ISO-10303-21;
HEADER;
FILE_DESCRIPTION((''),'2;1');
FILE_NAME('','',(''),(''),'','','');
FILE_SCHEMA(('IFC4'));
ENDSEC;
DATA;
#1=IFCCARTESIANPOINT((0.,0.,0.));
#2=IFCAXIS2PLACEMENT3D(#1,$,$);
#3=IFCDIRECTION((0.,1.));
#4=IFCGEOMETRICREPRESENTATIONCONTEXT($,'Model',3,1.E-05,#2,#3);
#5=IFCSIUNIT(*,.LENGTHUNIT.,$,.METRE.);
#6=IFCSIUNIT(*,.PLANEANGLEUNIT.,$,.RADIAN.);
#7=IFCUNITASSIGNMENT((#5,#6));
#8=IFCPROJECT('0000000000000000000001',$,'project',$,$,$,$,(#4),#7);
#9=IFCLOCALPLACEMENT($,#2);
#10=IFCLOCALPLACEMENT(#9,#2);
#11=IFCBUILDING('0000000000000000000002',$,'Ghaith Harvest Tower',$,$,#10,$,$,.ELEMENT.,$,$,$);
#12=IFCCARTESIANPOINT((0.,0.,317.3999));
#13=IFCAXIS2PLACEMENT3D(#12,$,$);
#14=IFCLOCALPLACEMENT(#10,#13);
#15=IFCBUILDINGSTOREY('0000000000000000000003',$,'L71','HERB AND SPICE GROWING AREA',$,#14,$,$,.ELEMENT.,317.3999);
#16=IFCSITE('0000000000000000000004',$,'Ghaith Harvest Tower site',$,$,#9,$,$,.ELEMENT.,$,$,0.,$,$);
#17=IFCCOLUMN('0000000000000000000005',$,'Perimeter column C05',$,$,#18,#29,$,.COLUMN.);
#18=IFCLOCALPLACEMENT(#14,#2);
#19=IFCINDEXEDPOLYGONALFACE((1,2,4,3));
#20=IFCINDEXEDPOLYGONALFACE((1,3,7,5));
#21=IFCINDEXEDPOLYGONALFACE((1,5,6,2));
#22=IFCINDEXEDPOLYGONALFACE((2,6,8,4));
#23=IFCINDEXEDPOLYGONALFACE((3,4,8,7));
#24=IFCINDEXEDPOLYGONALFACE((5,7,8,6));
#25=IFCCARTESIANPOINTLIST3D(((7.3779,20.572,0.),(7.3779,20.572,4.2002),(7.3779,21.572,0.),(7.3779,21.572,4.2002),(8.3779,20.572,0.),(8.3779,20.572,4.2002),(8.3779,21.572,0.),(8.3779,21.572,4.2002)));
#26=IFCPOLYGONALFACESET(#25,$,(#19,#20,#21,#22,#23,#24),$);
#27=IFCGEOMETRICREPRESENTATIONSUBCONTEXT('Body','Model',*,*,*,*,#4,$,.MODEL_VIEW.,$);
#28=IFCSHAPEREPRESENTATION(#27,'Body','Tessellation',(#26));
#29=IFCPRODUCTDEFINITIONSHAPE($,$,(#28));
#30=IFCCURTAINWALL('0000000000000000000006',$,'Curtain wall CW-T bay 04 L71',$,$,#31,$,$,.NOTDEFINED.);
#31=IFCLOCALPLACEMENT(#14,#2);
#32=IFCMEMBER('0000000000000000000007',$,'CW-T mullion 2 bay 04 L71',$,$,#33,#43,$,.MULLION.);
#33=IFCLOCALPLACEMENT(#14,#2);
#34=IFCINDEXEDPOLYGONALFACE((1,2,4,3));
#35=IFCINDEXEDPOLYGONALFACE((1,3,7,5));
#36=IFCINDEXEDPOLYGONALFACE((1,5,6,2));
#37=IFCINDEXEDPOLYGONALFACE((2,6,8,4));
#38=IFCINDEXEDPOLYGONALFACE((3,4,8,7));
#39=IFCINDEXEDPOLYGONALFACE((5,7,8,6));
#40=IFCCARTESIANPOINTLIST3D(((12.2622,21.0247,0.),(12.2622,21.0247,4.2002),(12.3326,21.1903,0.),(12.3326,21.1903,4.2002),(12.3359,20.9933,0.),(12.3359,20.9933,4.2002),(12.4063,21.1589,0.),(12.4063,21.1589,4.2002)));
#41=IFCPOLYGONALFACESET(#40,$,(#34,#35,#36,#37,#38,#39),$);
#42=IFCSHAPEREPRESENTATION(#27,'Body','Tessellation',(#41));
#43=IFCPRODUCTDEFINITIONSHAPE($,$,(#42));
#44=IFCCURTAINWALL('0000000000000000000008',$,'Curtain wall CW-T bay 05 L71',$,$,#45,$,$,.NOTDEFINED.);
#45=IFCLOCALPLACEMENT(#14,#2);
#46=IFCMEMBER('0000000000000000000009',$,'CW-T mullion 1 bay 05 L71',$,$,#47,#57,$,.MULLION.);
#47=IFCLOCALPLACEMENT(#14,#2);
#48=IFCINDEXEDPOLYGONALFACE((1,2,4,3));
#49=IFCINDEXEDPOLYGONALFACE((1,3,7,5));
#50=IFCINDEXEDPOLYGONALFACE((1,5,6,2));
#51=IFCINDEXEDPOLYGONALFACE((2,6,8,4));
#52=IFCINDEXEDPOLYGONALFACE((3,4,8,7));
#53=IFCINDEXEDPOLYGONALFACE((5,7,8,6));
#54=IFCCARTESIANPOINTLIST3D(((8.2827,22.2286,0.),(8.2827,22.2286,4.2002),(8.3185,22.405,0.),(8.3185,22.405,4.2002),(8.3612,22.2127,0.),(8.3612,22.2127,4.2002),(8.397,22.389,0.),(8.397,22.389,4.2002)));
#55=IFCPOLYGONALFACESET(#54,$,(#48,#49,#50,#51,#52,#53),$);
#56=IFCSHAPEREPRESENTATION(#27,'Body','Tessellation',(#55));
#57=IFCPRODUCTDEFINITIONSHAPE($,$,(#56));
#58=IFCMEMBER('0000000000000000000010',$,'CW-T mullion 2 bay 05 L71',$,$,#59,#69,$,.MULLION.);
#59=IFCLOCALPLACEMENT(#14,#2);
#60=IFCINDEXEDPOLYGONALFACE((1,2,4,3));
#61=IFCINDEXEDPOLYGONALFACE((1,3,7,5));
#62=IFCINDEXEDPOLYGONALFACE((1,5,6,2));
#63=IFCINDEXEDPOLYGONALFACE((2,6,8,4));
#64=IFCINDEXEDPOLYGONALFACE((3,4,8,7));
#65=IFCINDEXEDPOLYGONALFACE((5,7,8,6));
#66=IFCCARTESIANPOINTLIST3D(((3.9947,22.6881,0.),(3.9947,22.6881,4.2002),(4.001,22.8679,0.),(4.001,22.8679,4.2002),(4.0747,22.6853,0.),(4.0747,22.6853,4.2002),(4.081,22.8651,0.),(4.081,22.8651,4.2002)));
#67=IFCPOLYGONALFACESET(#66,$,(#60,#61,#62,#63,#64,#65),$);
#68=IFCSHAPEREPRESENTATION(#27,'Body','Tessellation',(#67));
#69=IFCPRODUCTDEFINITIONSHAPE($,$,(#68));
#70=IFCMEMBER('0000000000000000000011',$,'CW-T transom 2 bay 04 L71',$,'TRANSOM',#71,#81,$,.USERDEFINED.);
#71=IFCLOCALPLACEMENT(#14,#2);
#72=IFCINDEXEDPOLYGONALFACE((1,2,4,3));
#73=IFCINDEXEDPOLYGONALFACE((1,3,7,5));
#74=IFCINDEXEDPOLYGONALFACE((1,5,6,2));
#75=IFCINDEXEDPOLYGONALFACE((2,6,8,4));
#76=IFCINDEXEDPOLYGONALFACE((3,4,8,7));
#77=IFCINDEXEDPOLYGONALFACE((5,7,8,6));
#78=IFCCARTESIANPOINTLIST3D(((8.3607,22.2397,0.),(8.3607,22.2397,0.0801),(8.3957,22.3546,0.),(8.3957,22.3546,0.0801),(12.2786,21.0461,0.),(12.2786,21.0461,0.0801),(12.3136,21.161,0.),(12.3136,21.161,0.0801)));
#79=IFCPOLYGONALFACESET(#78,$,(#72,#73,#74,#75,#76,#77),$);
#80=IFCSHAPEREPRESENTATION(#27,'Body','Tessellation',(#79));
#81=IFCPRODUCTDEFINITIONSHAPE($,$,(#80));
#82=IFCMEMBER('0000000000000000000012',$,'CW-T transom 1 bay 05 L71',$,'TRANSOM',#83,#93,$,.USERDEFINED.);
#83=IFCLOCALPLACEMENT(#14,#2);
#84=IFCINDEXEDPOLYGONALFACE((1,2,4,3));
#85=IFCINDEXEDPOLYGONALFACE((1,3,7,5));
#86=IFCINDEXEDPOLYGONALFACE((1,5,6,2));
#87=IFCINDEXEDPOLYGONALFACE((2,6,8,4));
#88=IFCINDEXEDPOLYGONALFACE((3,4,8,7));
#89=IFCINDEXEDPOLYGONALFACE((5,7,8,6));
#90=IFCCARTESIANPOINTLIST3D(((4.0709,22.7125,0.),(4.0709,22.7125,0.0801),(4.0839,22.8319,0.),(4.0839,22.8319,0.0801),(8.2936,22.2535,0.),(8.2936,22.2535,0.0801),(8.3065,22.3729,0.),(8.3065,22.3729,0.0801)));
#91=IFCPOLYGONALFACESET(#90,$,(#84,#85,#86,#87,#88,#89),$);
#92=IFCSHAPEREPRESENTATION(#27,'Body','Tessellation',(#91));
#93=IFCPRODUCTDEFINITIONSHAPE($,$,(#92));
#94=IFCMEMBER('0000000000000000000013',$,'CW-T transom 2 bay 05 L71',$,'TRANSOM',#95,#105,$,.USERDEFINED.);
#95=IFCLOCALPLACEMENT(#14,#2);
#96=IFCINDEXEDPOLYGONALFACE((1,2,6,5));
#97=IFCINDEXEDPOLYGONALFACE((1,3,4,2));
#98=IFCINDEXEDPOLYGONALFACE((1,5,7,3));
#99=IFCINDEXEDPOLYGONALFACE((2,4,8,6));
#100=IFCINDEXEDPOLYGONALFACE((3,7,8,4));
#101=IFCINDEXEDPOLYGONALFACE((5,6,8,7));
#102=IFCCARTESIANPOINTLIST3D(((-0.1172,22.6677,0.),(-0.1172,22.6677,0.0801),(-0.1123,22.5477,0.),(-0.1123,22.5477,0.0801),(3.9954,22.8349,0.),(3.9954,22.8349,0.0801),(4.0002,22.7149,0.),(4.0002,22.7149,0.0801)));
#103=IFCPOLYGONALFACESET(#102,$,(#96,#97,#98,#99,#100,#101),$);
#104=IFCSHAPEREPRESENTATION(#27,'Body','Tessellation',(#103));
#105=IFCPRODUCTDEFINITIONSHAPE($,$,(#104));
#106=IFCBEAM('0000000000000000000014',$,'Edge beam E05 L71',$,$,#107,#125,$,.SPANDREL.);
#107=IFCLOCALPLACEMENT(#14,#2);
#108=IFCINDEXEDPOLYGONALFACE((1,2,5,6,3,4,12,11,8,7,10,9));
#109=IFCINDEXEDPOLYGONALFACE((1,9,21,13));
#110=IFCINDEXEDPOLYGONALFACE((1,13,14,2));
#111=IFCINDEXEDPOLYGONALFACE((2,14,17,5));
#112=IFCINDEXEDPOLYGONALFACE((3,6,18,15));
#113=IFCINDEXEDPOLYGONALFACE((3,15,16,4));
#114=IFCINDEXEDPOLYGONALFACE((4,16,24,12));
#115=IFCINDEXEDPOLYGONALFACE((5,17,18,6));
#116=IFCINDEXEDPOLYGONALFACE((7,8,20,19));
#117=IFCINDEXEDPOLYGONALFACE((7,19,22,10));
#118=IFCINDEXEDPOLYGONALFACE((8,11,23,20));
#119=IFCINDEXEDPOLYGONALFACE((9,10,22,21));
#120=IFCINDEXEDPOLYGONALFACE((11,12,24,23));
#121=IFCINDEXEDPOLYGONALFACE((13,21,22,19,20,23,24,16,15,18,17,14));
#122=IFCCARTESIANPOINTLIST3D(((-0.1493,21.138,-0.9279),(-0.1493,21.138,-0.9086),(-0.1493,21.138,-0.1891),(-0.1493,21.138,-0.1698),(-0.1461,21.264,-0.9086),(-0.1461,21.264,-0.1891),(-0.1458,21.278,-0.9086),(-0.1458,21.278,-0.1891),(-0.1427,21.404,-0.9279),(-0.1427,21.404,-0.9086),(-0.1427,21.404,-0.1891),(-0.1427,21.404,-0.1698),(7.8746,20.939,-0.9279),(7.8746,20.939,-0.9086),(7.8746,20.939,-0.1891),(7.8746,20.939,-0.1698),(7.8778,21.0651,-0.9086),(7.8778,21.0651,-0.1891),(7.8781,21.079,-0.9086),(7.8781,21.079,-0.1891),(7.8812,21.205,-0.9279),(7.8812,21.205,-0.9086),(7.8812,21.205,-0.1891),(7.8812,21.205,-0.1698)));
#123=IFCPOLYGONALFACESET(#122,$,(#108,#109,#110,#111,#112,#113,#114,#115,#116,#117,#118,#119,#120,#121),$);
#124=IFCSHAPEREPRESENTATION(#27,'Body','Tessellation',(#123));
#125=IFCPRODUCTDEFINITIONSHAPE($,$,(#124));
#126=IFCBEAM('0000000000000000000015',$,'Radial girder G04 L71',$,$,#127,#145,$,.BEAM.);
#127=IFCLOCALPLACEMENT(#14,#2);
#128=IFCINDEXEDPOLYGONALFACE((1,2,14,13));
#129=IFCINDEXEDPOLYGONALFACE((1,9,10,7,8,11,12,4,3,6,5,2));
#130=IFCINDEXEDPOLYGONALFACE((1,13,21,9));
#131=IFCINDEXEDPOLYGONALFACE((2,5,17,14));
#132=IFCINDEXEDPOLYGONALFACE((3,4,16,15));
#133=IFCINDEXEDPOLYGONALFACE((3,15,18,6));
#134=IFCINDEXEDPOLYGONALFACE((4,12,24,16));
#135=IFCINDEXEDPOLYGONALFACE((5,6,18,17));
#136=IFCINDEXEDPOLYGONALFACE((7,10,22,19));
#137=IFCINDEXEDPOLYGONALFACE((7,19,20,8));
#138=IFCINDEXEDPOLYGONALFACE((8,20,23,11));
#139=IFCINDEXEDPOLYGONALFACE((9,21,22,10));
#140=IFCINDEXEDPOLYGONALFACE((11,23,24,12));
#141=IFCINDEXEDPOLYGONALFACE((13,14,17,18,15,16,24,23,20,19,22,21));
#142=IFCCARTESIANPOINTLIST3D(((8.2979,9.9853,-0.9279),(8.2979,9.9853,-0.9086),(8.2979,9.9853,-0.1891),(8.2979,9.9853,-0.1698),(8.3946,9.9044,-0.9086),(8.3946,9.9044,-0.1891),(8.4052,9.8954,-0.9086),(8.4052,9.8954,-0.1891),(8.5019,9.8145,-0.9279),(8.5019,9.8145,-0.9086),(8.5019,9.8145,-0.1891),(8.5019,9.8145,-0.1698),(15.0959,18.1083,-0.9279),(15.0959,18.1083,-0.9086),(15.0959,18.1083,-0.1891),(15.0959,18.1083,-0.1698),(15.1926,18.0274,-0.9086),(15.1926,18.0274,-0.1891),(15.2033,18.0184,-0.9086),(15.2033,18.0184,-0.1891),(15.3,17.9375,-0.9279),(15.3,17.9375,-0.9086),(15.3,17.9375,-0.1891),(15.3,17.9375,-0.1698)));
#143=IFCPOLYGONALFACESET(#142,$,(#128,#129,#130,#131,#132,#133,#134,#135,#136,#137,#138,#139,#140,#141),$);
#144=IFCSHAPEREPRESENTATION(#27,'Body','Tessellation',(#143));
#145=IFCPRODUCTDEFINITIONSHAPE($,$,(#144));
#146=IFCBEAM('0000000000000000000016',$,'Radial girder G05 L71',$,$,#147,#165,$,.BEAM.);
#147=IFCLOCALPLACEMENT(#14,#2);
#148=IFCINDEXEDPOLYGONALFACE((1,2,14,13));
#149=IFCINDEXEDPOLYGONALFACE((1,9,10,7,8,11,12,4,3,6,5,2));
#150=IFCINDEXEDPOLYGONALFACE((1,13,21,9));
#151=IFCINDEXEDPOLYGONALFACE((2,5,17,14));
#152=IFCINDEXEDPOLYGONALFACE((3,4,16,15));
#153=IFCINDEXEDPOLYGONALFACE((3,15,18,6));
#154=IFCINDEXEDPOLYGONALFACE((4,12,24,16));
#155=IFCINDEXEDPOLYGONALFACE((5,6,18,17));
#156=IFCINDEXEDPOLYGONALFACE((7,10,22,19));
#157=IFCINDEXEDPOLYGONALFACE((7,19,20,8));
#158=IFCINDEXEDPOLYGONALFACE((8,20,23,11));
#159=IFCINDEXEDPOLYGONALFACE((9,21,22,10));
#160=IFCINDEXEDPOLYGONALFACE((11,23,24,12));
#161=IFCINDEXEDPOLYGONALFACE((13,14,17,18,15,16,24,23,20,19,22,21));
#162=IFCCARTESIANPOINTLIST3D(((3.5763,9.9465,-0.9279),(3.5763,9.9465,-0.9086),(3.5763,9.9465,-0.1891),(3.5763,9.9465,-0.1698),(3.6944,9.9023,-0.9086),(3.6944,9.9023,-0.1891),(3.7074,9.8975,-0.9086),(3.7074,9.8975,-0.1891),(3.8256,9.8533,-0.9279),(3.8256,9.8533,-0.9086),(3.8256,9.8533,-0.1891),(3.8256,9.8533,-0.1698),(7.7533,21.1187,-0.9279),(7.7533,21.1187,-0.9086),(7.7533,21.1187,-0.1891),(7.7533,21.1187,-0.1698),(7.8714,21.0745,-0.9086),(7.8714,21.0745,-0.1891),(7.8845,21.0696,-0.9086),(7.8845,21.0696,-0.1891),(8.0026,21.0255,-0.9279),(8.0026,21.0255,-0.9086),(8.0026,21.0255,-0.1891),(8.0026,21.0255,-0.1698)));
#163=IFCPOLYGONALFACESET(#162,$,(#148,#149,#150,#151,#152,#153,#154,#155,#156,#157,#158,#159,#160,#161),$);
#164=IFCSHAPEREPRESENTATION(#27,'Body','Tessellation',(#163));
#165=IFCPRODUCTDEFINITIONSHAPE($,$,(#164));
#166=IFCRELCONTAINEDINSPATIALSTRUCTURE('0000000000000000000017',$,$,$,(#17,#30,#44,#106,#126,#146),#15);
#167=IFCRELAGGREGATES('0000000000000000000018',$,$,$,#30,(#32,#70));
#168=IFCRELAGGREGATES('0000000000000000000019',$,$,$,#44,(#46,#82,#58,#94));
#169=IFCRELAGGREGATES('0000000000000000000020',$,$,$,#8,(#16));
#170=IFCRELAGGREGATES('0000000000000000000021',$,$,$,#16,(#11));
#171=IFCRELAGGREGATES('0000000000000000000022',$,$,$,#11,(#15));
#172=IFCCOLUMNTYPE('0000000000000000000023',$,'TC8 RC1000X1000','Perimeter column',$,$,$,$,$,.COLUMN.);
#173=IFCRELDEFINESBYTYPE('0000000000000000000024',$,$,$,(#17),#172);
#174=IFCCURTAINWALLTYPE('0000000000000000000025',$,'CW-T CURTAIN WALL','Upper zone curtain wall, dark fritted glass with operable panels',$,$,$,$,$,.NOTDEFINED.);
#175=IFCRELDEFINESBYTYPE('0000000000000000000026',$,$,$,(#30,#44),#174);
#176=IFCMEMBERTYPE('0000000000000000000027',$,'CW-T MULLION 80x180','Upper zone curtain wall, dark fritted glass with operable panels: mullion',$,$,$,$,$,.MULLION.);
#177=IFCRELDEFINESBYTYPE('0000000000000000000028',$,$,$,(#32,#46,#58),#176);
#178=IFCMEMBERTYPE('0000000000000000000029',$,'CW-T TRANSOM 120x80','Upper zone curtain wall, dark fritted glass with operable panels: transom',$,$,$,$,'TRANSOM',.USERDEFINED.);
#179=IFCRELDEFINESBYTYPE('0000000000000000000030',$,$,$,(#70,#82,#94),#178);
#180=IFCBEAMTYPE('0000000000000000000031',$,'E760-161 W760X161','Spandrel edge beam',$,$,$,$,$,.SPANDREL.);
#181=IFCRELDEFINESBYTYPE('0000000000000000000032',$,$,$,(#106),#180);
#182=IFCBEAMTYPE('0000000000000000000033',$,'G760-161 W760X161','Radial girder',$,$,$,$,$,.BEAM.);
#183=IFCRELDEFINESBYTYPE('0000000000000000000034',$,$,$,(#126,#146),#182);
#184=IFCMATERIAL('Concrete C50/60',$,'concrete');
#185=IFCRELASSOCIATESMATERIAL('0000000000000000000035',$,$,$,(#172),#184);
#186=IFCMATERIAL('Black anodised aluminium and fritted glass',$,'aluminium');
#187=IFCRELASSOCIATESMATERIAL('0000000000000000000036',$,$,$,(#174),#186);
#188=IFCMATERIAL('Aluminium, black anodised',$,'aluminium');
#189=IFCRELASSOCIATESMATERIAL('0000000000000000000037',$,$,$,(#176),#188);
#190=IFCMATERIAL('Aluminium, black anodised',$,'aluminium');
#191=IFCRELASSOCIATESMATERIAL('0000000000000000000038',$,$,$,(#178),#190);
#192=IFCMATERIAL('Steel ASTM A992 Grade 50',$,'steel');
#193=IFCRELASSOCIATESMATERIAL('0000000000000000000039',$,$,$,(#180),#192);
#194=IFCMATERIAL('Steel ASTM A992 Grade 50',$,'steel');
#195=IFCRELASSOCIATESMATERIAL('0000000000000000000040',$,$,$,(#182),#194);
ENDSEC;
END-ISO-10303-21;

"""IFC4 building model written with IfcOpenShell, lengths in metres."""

from ifc_helpers import new_model, si_unit, direction, frame, origin, origin_2d, place, context, subcontext, project, spatial, rectangle, i_section, extrude, material, material_profile, profile_set, type_object, element, aggregate, save


model = new_model("IFC4")

# Units and contexts
model_context = context("Model", 3, precision=1e-05, world=origin(), true_north=direction((0.0, 1.0)))
body_context = subcontext(model_context, "Body", "Model", "MODEL_VIEW")
ifc_project = project(units=[si_unit("LENGTHUNIT", "METRE"), si_unit("PLANEANGLEUNIT", "RADIAN")], contexts=[model_context])

# Site, building, storey
site_placement = place(None, origin())
site = spatial("IfcSite", under=ifc_project, at=site_placement, Name="Ghaith Harvest Tower site", CompositionType="ELEMENT", RefElevation=0.0)
building_placement = place(site_placement, origin())
building = spatial("IfcBuilding", under=site, at=building_placement, Name="Ghaith Harvest Tower", CompositionType="ELEMENT")
storey_placement = place(building_placement, frame((0.0, 0.0, 317.3999)))
storey = spatial("IfcBuildingStorey", under=building, at=storey_placement, Name="L71", Description="HERB AND SPICE GROWING AREA", CompositionType="ELEMENT", Elevation=317.3999)

# Column
ifc_material_1 = material(Name="Concrete C50/60", Category="concrete")
ifc_material_profile_1 = material_profile(ifc_material_1, rectangle(XDim=1.0, YDim=1.0, at=origin_2d()), Name="RC1000X1000")
ifc_profile_set_1 = profile_set([ifc_material_profile_1], Name="Concrete C50/60")
column_type = type_object("IfcColumnType", Name="TC8 RC1000X1000", Description="Perimeter column", PredefinedType="COLUMN", material=ifc_profile_set_1)
column_placement = place(storey_placement, frame((7.8779, 21.072, 0.0), z_axis=(0.0, 0.0, 1.0), x_axis=(1.0, 0.0, 0.0)))
element("IfcColumn", 1, at=column_placement, inside=storey, type_object=column_type, Name="Perimeter column C05", PredefinedType="COLUMN", context=body_context, shape_type="SweptSolid", body=[
    extrude(rectangle(XDim=1.0, YDim=1.0, at=origin_2d()), origin(), (0.0, 0.0, 1.0), 4.2002),
])

# Curtain wall, member
ifc_material_2 = material(Name="Black anodised aluminium and fritted glass", Category="aluminium")
curtain_wall_type = type_object("IfcCurtainWallType", Name="CW-T CURTAIN WALL", Description="Upper zone curtain wall, dark fritted glass with operable panels", PredefinedType="NOTDEFINED", material=ifc_material_2)
curtain_wall_1_placement = place(storey_placement, origin())
curtain_wall_1 = element("IfcCurtainWall", 2, at=curtain_wall_1_placement, inside=storey, type_object=curtain_wall_type, Name="Curtain wall CW-T bay 04 L71", PredefinedType="NOTDEFINED")
ifc_material_3 = material(Name="Aluminium, black anodised", Category="aluminium")
ifc_material_profile_2 = material_profile(ifc_material_3, rectangle(XDim=0.0801, YDim=0.1799, at=origin_2d()), Name="CW-T MULLION 80x180")
ifc_profile_set_2 = profile_set([ifc_material_profile_2], Name="Aluminium, black anodised")
member_type_1 = type_object("IfcMemberType", Name="CW-T MULLION 80x180", Description="Upper zone curtain wall, dark fritted glass with operable panels: mullion", PredefinedType="MULLION", material=ifc_profile_set_2)
member_1_placement = place(storey_placement, frame((12.3342, 21.0918, 0.0), z_axis=(0.0, 0.0, 1.0), x_axis=(-0.920319, 0.391168, 0.0)))
member_1 = element("IfcMember", 3, at=member_1_placement, type_object=member_type_1, Name="CW-T mullion 2 bay 04 L71", PredefinedType="MULLION", context=body_context, shape_type="SweptSolid", body=[
    extrude(rectangle(XDim=0.0801, YDim=0.1799, at=origin_2d()), origin(), (0.0, 0.0, 1.0), 4.2002),
])

# Curtain wall, members
curtain_wall_2_placement = place(storey_placement, origin())
curtain_wall_2 = element("IfcCurtainWall", 4, at=curtain_wall_2_placement, inside=storey, type_object=curtain_wall_type, Name="Curtain wall CW-T bay 05 L71", PredefinedType="NOTDEFINED")
member_2_placement = place(storey_placement, frame((8.3398, 22.3088, 0.0), z_axis=(0.0, 0.0, 1.0), x_axis=(-0.98, 0.198997, 0.0)))
member_2 = element("IfcMember", 5, at=member_2_placement, type_object=member_type_1, Name="CW-T mullion 1 bay 05 L71", PredefinedType="MULLION", context=body_context, shape_type="SweptSolid", body=[
    extrude(rectangle(XDim=0.0801, YDim=0.1799, at=origin_2d()), origin(), (0.0, 0.0, 1.0), 4.2002),
])
member_3_placement = place(storey_placement, frame((4.0378, 22.7766, 0.0), z_axis=(0.0, 0.0, 1.0), x_axis=(-0.999389, 0.034962, 0.0)))
member_3 = element("IfcMember", 6, at=member_3_placement, type_object=member_type_1, Name="CW-T mullion 2 bay 05 L71", PredefinedType="MULLION", context=body_context, shape_type="SweptSolid", body=[
    extrude(rectangle(XDim=0.0801, YDim=0.1799, at=origin_2d()), origin(), (0.0, 0.0, 1.0), 4.2002),
])

# Members
ifc_material_4 = material(Name="Aluminium, black anodised", Category="aluminium")
ifc_material_profile_3 = material_profile(ifc_material_4, rectangle(XDim=0.1201, YDim=0.0801, at=origin_2d()), Name="CW-T TRANSOM 120x80")
ifc_profile_set_3 = profile_set([ifc_material_profile_3], Name="Aluminium, black anodised")
member_type_2 = type_object("IfcMemberType", Name="CW-T TRANSOM 120x80", Description="Upper zone curtain wall, dark fritted glass with operable panels: transom", ElementType="TRANSOM", PredefinedType="USERDEFINED", material=ifc_profile_set_3)
member_4_placement = place(storey_placement, frame((12.2961, 21.1035, 0.04), z_axis=(-0.956594, 0.291425, 0.0), x_axis=(-0.291425, -0.956594, 0.0)))
member_4 = element("IfcMember", 7, at=member_4_placement, type_object=member_type_2, Name="CW-T transom 2 bay 04 L71", ObjectType="TRANSOM", PredefinedType="USERDEFINED", context=body_context, shape_type="SweptSolid", body=[
    extrude(rectangle(XDim=0.1201, YDim=0.0801, at=origin_2d()), origin(), (0.0, 0.0, 1.0), 4.0957),
])
member_5_placement = place(storey_placement, frame((8.3, 22.3132, 0.04), z_axis=(-0.994144, 0.108059, 0.0), x_axis=(-0.108059, -0.994144, 0.0)))
member_5 = element("IfcMember", 8, at=member_5_placement, type_object=member_type_2, Name="CW-T transom 1 bay 05 L71", ObjectType="TRANSOM", PredefinedType="USERDEFINED", context=body_context, shape_type="SweptSolid", body=[
    extrude(rectangle(XDim=0.1201, YDim=0.0801, at=origin_2d()), origin(), (0.0, 0.0, 1.0), 4.2476),
])
member_6_placement = place(storey_placement, frame((3.9978, 22.7749, 0.04), z_axis=(-0.999174, -0.040631, 0.0), x_axis=(0.040631, -0.999174, 0.0)))
member_6 = element("IfcMember", 9, at=member_6_placement, type_object=member_type_2, Name="CW-T transom 2 bay 05 L71", ObjectType="TRANSOM", PredefinedType="USERDEFINED", context=body_context, shape_type="SweptSolid", body=[
    extrude(rectangle(XDim=0.1201, YDim=0.0801, at=origin_2d()), origin(), (0.0, 0.0, 1.0), 4.116),
])

# Beams
ifc_material_5 = material(Name="Steel ASTM A992 Grade 50", Category="steel")
ifc_material_profile_4 = material_profile(ifc_material_5, i_section(OverallWidth=0.2661, OverallDepth=0.7581, WebThickness=0.0139, FlangeThickness=0.0193, at=origin_2d()), Name="W760X161")
ifc_profile_set_4 = profile_set([ifc_material_profile_4], Name="Steel ASTM A992 Grade 50")
beam_type_1 = type_object("IfcBeamType", Name="E760-161 W760X161", Description="Spandrel edge beam", PredefinedType="SPANDREL", material=ifc_profile_set_4)
beam_1_placement = place(storey_placement, frame((7.8779, 21.072, -0.5488), z_axis=(-0.999693, 0.02479, 0.0), x_axis=(-0.02479, -0.999693, 0.0)))
element("IfcBeam", 10, at=beam_1_placement, inside=storey, type_object=beam_type_1, Name="Edge beam E05 L71", PredefinedType="SPANDREL", context=body_context, shape_type="SweptSolid", body=[
    extrude(i_section(OverallWidth=0.2661, OverallDepth=0.7581, WebThickness=0.0139, FlangeThickness=0.0193, at=origin_2d()), origin(), (0.0, 0.0, 1.0), 8.0264),
])
ifc_material_6 = material(Name="Steel ASTM A992 Grade 50", Category="steel")
ifc_material_profile_5 = material_profile(ifc_material_6, i_section(OverallWidth=0.2661, OverallDepth=0.7581, WebThickness=0.0139, FlangeThickness=0.0193, at=origin_2d()), Name="W760X161")
ifc_profile_set_5 = profile_set([ifc_material_profile_5], Name="Steel ASTM A992 Grade 50")
beam_type_2 = type_object("IfcBeamType", Name="G760-161 W760X161", Description="Radial girder", PredefinedType="BEAM", material=ifc_profile_set_5)
beam_2_placement = place(storey_placement, frame((8.3999, 9.8999, -0.5488), z_axis=(0.641793, 0.766878, 0.0), x_axis=(-0.766878, 0.641793, 0.0)))
element("IfcBeam", 11, at=beam_2_placement, inside=storey, type_object=beam_type_2, Name="Radial girder G04 L71", PredefinedType="BEAM", context=body_context, shape_type="SweptSolid", body=[
    extrude(i_section(OverallWidth=0.2661, OverallDepth=0.7581, WebThickness=0.0139, FlangeThickness=0.0193, at=origin_2d()), origin(), (0.0, 0.0, 1.0), 10.5923),
])
beam_3_placement = place(storey_placement, frame((3.7009, 9.8999, -0.5488), z_axis=(0.350201, 0.936674, 0.0), x_axis=(-0.936674, 0.350201, 0.0)))
element("IfcBeam", 12, at=beam_3_placement, inside=storey, type_object=beam_type_2, Name="Radial girder G05 L71", PredefinedType="BEAM", context=body_context, shape_type="SweptSolid", body=[
    extrude(i_section(OverallWidth=0.2661, OverallDepth=0.7581, WebThickness=0.0139, FlangeThickness=0.0193, at=origin_2d()), origin(), (0.0, 0.0, 1.0), 11.9275),
])

aggregate(curtain_wall_1, [member_1, member_4])
aggregate(curtain_wall_2, [member_2, member_5, member_3, member_6])

save(model, "model.ifc")
